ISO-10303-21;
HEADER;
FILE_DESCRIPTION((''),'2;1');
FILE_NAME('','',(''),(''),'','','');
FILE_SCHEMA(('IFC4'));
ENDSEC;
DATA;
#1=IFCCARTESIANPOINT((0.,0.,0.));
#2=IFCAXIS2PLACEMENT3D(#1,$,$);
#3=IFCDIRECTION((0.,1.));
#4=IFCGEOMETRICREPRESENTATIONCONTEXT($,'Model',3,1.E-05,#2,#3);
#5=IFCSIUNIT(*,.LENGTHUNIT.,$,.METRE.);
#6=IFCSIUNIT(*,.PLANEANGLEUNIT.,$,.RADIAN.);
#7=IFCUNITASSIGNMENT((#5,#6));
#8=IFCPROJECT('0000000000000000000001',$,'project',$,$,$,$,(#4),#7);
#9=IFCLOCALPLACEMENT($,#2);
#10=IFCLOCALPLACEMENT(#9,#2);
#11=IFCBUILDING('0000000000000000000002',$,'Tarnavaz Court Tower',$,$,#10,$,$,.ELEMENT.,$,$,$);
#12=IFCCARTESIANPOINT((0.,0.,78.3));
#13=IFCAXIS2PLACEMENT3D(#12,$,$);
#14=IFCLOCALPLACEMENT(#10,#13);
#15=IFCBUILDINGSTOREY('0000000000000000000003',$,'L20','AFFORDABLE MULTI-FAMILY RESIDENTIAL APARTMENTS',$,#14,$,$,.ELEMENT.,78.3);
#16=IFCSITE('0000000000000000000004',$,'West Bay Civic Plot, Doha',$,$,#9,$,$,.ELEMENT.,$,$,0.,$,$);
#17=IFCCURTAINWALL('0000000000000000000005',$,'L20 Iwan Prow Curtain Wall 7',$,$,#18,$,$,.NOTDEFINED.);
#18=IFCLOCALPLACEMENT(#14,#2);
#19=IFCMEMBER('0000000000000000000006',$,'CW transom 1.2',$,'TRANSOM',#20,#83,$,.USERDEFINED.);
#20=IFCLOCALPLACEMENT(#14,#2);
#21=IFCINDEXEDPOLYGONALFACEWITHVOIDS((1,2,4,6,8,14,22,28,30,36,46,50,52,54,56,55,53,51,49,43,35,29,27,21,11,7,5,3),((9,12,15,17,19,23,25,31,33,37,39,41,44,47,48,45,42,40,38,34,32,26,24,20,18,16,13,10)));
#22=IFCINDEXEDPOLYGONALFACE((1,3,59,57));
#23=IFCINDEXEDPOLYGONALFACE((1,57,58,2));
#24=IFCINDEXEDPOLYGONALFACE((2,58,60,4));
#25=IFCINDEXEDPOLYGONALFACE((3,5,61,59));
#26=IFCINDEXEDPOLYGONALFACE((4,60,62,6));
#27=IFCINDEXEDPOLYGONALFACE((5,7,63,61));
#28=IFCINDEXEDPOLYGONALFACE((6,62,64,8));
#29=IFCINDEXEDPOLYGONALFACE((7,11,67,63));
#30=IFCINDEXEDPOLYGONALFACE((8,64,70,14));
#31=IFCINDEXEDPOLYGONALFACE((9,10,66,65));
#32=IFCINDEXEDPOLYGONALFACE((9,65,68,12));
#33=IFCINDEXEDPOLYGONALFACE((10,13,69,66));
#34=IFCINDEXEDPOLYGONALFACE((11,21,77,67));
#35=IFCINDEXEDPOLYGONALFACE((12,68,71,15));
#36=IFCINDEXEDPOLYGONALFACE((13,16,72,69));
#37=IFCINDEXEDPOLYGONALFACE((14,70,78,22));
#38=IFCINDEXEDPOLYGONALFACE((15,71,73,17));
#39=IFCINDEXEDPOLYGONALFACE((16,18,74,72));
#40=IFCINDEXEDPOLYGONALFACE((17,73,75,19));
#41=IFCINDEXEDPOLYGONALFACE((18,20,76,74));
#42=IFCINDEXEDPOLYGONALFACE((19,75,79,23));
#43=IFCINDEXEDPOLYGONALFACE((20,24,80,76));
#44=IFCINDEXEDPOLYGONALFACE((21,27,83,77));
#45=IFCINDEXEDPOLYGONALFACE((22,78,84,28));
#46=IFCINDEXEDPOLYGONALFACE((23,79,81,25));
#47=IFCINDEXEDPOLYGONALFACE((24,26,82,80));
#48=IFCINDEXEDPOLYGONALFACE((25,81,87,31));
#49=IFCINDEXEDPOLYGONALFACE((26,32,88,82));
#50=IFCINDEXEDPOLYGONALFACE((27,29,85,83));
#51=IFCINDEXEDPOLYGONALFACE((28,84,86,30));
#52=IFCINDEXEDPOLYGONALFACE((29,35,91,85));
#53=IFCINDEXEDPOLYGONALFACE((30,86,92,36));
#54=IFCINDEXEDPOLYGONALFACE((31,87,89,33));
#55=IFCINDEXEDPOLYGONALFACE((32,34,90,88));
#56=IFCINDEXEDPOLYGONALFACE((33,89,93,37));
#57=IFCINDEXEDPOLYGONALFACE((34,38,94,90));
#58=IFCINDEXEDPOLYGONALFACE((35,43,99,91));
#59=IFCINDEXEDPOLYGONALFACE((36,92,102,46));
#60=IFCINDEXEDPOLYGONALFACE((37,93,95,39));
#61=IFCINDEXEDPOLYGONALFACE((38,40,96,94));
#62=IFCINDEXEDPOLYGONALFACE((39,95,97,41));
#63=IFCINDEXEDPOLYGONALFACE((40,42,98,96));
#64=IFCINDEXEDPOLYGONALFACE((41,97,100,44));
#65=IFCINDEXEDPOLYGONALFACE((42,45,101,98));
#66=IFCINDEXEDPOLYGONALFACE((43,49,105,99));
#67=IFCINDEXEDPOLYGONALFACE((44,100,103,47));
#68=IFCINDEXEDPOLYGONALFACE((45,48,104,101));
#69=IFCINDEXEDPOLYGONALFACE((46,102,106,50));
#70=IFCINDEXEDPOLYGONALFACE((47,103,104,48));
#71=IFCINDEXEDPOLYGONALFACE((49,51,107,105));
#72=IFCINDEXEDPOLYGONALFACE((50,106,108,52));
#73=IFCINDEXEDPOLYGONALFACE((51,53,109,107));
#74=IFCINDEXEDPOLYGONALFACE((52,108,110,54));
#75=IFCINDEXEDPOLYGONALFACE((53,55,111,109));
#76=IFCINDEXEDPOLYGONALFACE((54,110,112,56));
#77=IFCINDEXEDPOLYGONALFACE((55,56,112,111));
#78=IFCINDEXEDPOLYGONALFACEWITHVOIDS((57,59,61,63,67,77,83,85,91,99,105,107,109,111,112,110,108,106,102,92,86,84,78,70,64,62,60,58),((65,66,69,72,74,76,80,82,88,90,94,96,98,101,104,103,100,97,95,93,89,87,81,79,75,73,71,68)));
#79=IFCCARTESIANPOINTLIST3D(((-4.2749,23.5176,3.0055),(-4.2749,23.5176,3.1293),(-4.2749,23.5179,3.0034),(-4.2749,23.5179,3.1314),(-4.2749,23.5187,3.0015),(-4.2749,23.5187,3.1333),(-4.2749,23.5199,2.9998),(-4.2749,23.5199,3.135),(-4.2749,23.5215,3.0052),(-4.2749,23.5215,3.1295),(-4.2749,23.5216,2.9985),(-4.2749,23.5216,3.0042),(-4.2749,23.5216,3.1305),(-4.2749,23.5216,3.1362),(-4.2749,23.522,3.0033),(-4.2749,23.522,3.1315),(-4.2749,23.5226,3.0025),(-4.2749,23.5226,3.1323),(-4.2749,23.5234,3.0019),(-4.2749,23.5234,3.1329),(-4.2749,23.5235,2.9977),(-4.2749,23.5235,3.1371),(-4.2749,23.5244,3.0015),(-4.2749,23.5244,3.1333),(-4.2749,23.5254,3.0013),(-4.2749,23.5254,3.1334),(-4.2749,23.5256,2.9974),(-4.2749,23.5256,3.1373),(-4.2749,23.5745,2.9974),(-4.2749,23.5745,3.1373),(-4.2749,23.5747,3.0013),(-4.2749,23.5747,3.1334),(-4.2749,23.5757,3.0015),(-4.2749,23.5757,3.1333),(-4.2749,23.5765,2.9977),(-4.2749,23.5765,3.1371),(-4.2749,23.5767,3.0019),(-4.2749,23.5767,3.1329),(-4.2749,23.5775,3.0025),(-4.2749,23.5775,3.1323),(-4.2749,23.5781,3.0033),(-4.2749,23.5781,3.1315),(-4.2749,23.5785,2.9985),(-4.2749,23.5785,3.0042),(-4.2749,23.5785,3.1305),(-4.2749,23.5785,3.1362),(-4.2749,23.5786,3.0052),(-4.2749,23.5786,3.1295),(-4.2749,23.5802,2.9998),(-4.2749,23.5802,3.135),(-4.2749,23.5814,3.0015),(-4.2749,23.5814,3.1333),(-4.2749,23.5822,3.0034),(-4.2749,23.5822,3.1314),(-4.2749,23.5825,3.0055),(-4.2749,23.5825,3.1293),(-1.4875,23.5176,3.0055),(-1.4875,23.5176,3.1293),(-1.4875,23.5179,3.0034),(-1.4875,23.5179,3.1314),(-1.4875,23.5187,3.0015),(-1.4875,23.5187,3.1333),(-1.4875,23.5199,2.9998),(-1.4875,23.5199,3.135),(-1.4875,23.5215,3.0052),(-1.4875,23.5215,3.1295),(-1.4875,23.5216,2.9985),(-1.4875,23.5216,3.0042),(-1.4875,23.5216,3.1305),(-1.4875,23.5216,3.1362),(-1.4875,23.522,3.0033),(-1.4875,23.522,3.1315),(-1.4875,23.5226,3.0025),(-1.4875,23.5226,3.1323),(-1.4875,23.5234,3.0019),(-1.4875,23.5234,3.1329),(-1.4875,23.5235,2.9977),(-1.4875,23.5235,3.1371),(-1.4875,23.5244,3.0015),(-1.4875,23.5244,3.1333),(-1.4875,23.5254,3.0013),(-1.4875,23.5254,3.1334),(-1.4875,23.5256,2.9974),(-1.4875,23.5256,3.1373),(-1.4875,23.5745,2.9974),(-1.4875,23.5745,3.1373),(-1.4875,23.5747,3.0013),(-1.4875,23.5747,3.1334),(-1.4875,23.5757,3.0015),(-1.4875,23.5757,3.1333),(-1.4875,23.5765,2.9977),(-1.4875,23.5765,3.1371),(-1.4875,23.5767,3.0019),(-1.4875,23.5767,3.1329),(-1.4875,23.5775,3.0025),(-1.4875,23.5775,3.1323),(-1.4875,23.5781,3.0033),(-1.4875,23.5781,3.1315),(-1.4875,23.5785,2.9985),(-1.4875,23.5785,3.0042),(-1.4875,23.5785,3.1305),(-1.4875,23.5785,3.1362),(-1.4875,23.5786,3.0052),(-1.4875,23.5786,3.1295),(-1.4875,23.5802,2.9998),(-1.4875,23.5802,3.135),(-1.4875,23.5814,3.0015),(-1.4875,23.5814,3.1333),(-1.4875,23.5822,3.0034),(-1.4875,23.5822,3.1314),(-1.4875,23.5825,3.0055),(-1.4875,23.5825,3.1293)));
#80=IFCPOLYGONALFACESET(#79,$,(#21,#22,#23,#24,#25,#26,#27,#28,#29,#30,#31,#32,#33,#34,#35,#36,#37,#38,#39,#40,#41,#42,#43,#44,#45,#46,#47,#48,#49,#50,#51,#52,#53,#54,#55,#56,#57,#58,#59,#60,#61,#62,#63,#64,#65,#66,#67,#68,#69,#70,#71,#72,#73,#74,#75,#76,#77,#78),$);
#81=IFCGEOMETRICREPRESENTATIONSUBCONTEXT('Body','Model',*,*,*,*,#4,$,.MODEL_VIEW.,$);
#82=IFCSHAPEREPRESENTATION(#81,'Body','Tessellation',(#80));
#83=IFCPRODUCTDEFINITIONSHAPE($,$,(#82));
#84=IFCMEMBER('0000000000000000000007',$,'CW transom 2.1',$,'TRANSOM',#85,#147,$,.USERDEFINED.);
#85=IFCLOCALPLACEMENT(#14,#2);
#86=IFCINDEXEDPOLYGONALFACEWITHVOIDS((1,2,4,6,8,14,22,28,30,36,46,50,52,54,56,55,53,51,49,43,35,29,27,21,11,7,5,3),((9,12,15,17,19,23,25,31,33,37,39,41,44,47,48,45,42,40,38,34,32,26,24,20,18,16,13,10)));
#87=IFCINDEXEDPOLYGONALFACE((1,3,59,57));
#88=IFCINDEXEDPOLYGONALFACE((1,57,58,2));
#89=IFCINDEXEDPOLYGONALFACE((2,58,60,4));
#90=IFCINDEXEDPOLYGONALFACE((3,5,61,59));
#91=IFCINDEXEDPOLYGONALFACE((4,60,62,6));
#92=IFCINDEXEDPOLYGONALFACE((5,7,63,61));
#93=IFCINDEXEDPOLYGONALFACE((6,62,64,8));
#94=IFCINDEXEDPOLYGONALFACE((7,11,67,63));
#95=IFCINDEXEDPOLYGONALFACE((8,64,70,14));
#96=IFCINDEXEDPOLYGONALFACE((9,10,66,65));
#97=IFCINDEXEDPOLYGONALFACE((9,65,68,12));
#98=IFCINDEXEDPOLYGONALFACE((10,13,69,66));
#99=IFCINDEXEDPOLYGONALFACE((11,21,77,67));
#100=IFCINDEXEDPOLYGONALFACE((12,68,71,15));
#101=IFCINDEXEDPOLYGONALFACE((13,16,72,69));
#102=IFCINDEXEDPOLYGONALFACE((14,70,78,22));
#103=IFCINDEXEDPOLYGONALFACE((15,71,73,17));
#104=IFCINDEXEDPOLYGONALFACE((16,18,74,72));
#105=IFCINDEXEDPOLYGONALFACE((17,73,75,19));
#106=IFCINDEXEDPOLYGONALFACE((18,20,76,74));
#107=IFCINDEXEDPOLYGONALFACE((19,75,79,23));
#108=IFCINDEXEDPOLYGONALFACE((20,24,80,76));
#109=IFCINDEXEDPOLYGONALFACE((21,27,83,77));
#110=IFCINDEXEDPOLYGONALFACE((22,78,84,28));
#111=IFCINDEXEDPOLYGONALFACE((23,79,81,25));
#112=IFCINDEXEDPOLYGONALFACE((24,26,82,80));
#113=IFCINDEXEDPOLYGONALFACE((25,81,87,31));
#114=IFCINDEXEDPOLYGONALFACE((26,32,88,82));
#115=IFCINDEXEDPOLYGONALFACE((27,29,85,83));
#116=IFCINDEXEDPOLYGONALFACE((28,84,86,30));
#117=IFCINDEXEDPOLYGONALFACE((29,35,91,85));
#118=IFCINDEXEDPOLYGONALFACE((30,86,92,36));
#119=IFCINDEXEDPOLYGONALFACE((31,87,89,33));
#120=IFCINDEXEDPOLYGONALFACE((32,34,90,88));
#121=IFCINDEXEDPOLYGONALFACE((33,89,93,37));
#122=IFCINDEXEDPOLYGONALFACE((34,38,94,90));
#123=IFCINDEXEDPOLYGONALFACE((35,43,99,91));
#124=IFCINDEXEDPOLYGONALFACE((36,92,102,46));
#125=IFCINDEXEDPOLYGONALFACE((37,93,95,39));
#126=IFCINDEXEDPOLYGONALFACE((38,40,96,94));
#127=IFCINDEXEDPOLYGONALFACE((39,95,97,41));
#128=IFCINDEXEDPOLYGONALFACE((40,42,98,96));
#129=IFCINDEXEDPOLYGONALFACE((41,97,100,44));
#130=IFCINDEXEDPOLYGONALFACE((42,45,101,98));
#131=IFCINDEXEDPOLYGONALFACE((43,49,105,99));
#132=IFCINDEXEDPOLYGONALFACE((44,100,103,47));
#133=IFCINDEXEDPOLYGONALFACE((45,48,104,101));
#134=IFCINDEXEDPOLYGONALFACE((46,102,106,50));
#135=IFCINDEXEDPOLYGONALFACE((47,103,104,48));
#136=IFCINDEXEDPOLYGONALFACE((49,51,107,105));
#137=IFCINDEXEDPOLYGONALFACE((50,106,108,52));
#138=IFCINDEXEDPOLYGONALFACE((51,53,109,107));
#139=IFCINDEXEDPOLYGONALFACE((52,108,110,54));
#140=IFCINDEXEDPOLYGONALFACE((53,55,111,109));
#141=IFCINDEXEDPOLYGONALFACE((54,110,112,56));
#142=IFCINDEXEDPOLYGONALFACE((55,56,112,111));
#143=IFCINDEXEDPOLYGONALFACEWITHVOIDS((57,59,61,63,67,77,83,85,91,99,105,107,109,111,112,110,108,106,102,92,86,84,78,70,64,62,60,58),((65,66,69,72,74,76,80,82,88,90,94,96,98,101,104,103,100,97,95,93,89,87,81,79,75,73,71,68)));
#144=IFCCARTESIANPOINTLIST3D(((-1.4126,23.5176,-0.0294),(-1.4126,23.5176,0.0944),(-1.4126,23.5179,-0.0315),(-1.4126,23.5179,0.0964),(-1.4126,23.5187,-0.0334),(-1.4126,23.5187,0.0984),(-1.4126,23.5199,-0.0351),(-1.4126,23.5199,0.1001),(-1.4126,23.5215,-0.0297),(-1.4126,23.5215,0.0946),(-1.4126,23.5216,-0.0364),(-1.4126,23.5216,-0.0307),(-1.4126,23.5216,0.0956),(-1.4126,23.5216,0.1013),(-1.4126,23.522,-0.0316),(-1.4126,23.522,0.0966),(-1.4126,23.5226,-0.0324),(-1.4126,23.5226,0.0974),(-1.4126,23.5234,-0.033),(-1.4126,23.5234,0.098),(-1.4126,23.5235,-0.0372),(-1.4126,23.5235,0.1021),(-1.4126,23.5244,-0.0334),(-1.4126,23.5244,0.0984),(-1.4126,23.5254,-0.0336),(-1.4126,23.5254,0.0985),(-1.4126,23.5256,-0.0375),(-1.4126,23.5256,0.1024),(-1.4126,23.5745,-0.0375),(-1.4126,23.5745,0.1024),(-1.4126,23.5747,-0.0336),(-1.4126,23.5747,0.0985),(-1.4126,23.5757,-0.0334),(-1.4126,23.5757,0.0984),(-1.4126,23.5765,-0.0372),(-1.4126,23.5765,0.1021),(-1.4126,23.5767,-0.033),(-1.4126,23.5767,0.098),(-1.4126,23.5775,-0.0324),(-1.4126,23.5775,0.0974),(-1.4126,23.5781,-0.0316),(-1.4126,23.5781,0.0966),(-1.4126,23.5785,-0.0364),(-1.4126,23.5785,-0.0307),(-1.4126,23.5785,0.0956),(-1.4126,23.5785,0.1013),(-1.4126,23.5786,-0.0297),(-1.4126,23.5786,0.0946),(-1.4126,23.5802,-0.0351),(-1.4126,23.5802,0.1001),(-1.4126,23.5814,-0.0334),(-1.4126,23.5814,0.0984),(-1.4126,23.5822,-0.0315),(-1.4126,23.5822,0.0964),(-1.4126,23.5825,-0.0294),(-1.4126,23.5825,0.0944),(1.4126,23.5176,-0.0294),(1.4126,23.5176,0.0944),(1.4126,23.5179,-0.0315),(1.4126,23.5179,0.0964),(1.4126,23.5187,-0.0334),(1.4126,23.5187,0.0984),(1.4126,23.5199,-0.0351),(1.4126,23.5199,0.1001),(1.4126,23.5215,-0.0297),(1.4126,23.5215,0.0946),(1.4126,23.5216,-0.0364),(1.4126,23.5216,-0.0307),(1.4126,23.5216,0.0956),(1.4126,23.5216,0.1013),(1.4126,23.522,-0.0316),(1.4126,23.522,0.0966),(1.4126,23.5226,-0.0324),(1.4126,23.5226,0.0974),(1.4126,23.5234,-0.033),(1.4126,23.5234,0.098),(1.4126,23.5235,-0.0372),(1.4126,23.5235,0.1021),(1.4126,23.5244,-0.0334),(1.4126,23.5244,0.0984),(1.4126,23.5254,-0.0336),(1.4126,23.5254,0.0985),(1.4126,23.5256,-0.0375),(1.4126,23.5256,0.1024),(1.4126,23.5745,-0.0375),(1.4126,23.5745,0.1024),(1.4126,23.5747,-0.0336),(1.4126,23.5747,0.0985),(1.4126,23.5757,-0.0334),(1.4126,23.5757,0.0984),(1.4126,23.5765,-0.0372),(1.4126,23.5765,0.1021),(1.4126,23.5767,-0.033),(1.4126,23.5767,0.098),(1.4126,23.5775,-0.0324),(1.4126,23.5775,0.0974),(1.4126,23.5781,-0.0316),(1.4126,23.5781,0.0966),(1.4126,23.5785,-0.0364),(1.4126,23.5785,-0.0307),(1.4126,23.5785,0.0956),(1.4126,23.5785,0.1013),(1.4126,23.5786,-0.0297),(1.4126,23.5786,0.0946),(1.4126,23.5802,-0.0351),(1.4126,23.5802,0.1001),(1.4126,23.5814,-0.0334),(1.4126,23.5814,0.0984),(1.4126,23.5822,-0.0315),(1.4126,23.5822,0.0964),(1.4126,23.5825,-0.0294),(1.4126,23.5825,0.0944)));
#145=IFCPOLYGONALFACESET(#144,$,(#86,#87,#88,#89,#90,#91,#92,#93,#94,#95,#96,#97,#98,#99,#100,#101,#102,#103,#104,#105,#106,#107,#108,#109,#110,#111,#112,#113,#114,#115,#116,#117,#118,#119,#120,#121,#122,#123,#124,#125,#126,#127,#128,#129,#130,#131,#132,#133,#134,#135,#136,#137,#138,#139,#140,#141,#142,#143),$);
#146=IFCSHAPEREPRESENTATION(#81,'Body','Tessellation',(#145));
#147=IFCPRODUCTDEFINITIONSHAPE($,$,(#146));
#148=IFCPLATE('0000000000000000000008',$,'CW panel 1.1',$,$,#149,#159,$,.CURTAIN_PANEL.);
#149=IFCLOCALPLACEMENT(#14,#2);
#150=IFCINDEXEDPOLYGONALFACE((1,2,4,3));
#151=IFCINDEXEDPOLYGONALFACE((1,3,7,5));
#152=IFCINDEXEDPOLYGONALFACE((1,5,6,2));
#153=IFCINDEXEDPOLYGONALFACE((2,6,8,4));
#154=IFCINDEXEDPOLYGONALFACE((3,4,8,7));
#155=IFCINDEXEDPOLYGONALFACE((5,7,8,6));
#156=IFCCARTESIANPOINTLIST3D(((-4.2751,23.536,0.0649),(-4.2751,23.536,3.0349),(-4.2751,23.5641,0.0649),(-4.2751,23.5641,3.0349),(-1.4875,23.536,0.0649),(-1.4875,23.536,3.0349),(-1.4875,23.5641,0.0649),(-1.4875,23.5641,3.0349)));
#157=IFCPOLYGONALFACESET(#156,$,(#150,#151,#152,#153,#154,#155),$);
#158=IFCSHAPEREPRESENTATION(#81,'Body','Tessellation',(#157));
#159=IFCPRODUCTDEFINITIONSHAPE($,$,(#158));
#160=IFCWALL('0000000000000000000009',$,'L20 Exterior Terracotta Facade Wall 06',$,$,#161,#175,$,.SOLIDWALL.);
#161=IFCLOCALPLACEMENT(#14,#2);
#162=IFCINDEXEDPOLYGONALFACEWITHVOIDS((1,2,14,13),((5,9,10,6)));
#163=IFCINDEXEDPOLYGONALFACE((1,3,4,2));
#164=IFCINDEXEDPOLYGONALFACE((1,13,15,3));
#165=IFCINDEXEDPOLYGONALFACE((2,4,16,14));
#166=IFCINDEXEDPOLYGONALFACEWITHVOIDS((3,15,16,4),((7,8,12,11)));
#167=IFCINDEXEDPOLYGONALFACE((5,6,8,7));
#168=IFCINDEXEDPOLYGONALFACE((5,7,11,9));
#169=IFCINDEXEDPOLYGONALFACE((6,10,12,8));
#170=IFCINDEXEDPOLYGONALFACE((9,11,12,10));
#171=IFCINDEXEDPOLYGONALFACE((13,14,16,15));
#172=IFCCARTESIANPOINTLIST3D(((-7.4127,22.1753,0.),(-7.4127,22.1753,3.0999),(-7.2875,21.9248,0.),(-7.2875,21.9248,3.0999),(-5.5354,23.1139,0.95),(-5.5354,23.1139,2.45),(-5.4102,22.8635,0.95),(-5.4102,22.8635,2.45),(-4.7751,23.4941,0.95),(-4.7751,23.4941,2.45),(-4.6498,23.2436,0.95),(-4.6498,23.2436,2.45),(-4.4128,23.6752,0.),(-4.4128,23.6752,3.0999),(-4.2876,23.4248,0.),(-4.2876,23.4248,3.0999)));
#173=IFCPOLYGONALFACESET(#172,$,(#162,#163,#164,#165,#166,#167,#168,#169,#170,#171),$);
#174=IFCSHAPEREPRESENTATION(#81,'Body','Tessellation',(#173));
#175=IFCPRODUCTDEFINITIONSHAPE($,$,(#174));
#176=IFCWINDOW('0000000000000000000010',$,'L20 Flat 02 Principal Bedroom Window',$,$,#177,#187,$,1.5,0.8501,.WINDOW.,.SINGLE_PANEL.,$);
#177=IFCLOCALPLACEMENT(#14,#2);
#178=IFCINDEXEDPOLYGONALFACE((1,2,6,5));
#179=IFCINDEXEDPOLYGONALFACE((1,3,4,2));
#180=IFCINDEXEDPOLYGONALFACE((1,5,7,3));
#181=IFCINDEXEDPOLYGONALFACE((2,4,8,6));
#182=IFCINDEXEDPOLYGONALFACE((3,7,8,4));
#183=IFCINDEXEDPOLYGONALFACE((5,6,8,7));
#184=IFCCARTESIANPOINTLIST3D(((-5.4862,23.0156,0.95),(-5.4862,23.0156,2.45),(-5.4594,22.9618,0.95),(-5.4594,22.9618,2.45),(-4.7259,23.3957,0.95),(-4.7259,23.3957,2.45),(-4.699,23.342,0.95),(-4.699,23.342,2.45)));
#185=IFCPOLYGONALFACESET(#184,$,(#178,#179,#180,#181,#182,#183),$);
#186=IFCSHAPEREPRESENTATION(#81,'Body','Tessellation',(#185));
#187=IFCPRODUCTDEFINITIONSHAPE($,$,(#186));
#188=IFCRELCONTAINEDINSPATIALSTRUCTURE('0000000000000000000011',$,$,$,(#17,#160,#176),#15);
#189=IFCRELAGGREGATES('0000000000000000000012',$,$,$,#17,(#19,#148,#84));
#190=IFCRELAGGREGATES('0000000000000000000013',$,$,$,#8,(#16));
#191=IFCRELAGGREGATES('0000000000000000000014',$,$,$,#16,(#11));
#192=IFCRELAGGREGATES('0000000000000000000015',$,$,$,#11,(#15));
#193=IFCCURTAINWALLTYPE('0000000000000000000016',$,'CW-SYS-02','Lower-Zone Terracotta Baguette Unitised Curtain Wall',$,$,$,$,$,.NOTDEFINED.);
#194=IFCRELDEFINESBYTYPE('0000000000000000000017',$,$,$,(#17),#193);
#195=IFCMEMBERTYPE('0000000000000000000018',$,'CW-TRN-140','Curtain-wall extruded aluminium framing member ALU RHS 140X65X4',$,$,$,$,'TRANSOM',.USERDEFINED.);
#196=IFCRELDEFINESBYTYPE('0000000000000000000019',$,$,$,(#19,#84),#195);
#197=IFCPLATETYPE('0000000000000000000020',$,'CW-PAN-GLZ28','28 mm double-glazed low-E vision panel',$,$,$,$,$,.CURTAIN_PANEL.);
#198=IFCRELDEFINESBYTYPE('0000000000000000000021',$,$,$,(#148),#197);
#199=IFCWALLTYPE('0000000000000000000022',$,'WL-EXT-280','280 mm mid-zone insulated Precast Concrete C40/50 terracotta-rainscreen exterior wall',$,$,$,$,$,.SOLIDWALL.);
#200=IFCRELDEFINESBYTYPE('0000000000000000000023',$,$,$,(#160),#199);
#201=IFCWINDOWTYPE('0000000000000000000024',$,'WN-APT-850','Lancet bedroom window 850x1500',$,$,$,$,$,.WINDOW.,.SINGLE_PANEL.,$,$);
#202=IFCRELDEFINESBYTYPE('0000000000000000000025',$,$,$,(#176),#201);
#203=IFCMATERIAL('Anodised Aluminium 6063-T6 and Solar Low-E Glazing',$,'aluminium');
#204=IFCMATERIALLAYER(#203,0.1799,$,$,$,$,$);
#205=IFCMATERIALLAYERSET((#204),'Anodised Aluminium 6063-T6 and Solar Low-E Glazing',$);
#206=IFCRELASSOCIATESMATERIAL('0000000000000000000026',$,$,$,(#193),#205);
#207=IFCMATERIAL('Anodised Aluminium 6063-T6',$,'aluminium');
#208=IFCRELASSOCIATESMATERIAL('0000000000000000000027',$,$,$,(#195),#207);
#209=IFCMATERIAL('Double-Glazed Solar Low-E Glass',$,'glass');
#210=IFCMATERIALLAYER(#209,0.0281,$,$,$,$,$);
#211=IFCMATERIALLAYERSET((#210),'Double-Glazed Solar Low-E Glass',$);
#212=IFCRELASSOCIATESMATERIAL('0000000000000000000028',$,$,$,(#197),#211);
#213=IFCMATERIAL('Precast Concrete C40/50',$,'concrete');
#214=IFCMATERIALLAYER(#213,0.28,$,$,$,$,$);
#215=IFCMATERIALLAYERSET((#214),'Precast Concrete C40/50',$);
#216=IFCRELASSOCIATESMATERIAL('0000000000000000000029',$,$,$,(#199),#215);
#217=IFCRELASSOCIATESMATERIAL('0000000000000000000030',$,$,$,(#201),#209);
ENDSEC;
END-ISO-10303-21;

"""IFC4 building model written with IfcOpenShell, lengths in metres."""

from ifc_helpers import new_model, si_unit, direction, frame, frame_2d, origin, origin_2d, place, context, subcontext, project, spatial, rectangle, hollow_rectangle, extrude, material, layer, layer_set, material_profile, profile_set, type_object, element, fill, aggregate, save


model = new_model("IFC4")

# Units and contexts
model_context = context("Model", 3, precision=1e-05, world=origin(), true_north=direction((0.0, 1.0)))
body_context = subcontext(model_context, "Body", "Model", "MODEL_VIEW")
ifc_project = project(units=[si_unit("LENGTHUNIT", "METRE"), si_unit("PLANEANGLEUNIT", "RADIAN")], contexts=[model_context])

# Site, building, storey
site_placement = place(None, origin())
site = spatial("IfcSite", under=ifc_project, at=site_placement, Name="West Bay Civic Plot, Doha", CompositionType="ELEMENT", RefElevation=0.0)
building_placement = place(site_placement, origin())
building = spatial("IfcBuilding", under=site, at=building_placement, Name="Tarnavaz Court Tower", CompositionType="ELEMENT")
storey_placement = place(building_placement, frame((0.0, 0.0, 78.3)))
storey = spatial("IfcBuildingStorey", under=building, at=storey_placement, Name="L20", Description="AFFORDABLE MULTI-FAMILY RESIDENTIAL APARTMENTS", CompositionType="ELEMENT", Elevation=78.3)

# Curtain wall, members, plate
ifc_material_1 = material(Name="Anodised Aluminium 6063-T6 and Solar Low-E Glazing", Category="aluminium")
ifc_layer_1 = layer(ifc_material_1, 0.1799)
ifc_layer_set_1 = layer_set([ifc_layer_1], Name="Anodised Aluminium 6063-T6 and Solar Low-E Glazing")
curtain_wall_type = type_object("IfcCurtainWallType", Name="CW-SYS-02", Description="Lower-Zone Terracotta Baguette Unitised Curtain Wall", PredefinedType="NOTDEFINED", material=ifc_layer_set_1)
curtain_wall_placement = place(storey_placement, origin())
curtain_wall = element("IfcCurtainWall", 1, at=curtain_wall_placement, inside=storey, type_object=curtain_wall_type, Name="L20 Iwan Prow Curtain Wall 7", PredefinedType="NOTDEFINED")
ifc_material_2 = material(Name="Anodised Aluminium 6063-T6", Category="aluminium")
ifc_material_profile_1 = material_profile(ifc_material_2, hollow_rectangle(XDim=0.0649, YDim=0.1399, WallThickness=0.0039, InnerFilletRadius=0.0039, OuterFilletRadius=0.0081, at=origin_2d()), Name="ALU RHS 140X65X4")
ifc_profile_set_1 = profile_set([ifc_material_profile_1], Name="Anodised Aluminium 6063-T6")
member_type_1 = type_object("IfcMemberType", Name="CW-TRN-140", Description="Curtain-wall extruded aluminium framing member ALU RHS 140X65X4", ElementType="TRANSOM", PredefinedType="USERDEFINED", material=ifc_profile_set_1)
member_1_placement = place(storey_placement, frame((-4.2749, 23.55, 3.0674), z_axis=(1.0, 0.0, 0.0), x_axis=(0.0, 1.0, 0.0)))
member_1 = element("IfcMember", 2, at=member_1_placement, type_object=member_type_1, Name="CW transom 1.2", ObjectType="TRANSOM", PredefinedType="USERDEFINED", context=body_context, shape_type="SweptSolid", body=[
    extrude(hollow_rectangle(XDim=0.0649, YDim=0.1399, WallThickness=0.0039, InnerFilletRadius=0.0039, OuterFilletRadius=0.0081, at=origin_2d()), origin(), (0.0, 0.0, 1.0), 2.7874),
])
member_2_placement = place(storey_placement, frame((-1.4126, 23.55, 0.0325), z_axis=(1.0, 0.0, 0.0), x_axis=(0.0, 1.0, 0.0)))
member_2 = element("IfcMember", 3, at=member_2_placement, type_object=member_type_1, Name="CW transom 2.1", ObjectType="TRANSOM", PredefinedType="USERDEFINED", context=body_context, shape_type="SweptSolid", body=[
    extrude(hollow_rectangle(XDim=0.0649, YDim=0.1399, WallThickness=0.0039, InnerFilletRadius=0.0039, OuterFilletRadius=0.0081, at=origin_2d()), origin(), (0.0, 0.0, 1.0), 2.8252),
])
ifc_material_3 = material(Name="Double-Glazed Solar Low-E Glass", Category="glass")
ifc_layer_2 = layer(ifc_material_3, 0.0281)
ifc_layer_set_2 = layer_set([ifc_layer_2], Name="Double-Glazed Solar Low-E Glass")
plate_type = type_object("IfcPlateType", Name="CW-PAN-GLZ28", Description="28 mm double-glazed low-E vision panel", PredefinedType="CURTAIN_PANEL", material=ifc_layer_set_2)
plate_placement = place(storey_placement, frame((-2.8813, 23.55, 0.0649), z_axis=(0.0, 0.0, 1.0), x_axis=(1.0, 0.0, 0.0)))
plate = element("IfcPlate", 4, at=plate_placement, type_object=plate_type, Name="CW panel 1.1", PredefinedType="CURTAIN_PANEL", context=body_context, shape_type="SweptSolid", body=[
    extrude(rectangle(XDim=2.7876, YDim=0.0281, at=origin_2d()), origin(), (0.0, 0.0, 1.0), 2.97),
])
aggregate(curtain_wall, [member_1, plate, member_2])

# Wall, opening, window
ifc_material_4 = material(Name="Precast Concrete C40/50", Category="concrete")
ifc_layer_3 = layer(ifc_material_4, 0.28)
ifc_layer_set_3 = layer_set([ifc_layer_3], Name="Precast Concrete C40/50")
wall_type_1 = type_object("IfcWallType", Name="WL-EXT-280", Description="280 mm mid-zone insulated Precast Concrete C40/50 terracotta-rainscreen exterior wall", PredefinedType="SOLIDWALL", material=ifc_layer_set_3)
wall_1_placement = place(storey_placement, frame((-7.3501, 22.05, 0.0), z_axis=(0.0, 0.0, 1.0), x_axis=(0.894427, 0.447214, 0.0)))
wall_1 = element("IfcWall", 5, at=wall_1_placement, inside=storey, type_object=wall_type_1, Name="L20 Exterior Terracotta Facade Wall 06", PredefinedType="SOLIDWALL", context=body_context, shape_type="SweptSolid", body=[
    extrude(rectangle(XDim=3.354, YDim=0.28, at=frame_2d((1.677, 0.0))), origin(), (0.0, 0.0, 1.0), 3.0999),
])
opening_1_placement = place(wall_1_placement, frame((2.0989, 0.0, 0.95)))
opening_1 = element("IfcOpeningElement", 6, at=opening_1_placement, cuts=wall_1, PredefinedType="OPENING", context=body_context, shape_type="SweptSolid", body=[
    extrude(rectangle(XDim=0.8501, YDim=1.5, at=frame_2d((0.425, 0.75))), frame((0.0, 0.1499, 0.0), z_axis=(0.0, -1.0, 0.0), x_axis=(1.0, 0.0, 0.0)), (0.0, 0.0, 1.0), 0.3),
])
window_type = type_object("IfcWindowType", Name="WN-APT-850", Description="Lancet bedroom window 850x1500", PartitioningType="SINGLE_PANEL", PredefinedType="WINDOW", material=ifc_material_3)
window_placement = place(opening_1_placement, origin())
window = element("IfcWindow", 7, at=window_placement, inside=storey, type_object=window_type, Name="L20 Flat 02 Principal Bedroom Window", OverallHeight=1.5, OverallWidth=0.8501, PartitioningType="SINGLE_PANEL", PredefinedType="WINDOW", context=body_context, shape_type="SweptSolid", body=[
    extrude(rectangle(XDim=0.8501, YDim=1.5, at=frame_2d((0.425, 0.75))), frame((0.0, 0.03, 0.0), z_axis=(0.0, -1.0, 0.0), x_axis=(1.0, 0.0, 0.0)), (0.0, 0.0, 1.0), 0.0601),
])
fill(opening_1, window)

save(model, "model.ifc")
